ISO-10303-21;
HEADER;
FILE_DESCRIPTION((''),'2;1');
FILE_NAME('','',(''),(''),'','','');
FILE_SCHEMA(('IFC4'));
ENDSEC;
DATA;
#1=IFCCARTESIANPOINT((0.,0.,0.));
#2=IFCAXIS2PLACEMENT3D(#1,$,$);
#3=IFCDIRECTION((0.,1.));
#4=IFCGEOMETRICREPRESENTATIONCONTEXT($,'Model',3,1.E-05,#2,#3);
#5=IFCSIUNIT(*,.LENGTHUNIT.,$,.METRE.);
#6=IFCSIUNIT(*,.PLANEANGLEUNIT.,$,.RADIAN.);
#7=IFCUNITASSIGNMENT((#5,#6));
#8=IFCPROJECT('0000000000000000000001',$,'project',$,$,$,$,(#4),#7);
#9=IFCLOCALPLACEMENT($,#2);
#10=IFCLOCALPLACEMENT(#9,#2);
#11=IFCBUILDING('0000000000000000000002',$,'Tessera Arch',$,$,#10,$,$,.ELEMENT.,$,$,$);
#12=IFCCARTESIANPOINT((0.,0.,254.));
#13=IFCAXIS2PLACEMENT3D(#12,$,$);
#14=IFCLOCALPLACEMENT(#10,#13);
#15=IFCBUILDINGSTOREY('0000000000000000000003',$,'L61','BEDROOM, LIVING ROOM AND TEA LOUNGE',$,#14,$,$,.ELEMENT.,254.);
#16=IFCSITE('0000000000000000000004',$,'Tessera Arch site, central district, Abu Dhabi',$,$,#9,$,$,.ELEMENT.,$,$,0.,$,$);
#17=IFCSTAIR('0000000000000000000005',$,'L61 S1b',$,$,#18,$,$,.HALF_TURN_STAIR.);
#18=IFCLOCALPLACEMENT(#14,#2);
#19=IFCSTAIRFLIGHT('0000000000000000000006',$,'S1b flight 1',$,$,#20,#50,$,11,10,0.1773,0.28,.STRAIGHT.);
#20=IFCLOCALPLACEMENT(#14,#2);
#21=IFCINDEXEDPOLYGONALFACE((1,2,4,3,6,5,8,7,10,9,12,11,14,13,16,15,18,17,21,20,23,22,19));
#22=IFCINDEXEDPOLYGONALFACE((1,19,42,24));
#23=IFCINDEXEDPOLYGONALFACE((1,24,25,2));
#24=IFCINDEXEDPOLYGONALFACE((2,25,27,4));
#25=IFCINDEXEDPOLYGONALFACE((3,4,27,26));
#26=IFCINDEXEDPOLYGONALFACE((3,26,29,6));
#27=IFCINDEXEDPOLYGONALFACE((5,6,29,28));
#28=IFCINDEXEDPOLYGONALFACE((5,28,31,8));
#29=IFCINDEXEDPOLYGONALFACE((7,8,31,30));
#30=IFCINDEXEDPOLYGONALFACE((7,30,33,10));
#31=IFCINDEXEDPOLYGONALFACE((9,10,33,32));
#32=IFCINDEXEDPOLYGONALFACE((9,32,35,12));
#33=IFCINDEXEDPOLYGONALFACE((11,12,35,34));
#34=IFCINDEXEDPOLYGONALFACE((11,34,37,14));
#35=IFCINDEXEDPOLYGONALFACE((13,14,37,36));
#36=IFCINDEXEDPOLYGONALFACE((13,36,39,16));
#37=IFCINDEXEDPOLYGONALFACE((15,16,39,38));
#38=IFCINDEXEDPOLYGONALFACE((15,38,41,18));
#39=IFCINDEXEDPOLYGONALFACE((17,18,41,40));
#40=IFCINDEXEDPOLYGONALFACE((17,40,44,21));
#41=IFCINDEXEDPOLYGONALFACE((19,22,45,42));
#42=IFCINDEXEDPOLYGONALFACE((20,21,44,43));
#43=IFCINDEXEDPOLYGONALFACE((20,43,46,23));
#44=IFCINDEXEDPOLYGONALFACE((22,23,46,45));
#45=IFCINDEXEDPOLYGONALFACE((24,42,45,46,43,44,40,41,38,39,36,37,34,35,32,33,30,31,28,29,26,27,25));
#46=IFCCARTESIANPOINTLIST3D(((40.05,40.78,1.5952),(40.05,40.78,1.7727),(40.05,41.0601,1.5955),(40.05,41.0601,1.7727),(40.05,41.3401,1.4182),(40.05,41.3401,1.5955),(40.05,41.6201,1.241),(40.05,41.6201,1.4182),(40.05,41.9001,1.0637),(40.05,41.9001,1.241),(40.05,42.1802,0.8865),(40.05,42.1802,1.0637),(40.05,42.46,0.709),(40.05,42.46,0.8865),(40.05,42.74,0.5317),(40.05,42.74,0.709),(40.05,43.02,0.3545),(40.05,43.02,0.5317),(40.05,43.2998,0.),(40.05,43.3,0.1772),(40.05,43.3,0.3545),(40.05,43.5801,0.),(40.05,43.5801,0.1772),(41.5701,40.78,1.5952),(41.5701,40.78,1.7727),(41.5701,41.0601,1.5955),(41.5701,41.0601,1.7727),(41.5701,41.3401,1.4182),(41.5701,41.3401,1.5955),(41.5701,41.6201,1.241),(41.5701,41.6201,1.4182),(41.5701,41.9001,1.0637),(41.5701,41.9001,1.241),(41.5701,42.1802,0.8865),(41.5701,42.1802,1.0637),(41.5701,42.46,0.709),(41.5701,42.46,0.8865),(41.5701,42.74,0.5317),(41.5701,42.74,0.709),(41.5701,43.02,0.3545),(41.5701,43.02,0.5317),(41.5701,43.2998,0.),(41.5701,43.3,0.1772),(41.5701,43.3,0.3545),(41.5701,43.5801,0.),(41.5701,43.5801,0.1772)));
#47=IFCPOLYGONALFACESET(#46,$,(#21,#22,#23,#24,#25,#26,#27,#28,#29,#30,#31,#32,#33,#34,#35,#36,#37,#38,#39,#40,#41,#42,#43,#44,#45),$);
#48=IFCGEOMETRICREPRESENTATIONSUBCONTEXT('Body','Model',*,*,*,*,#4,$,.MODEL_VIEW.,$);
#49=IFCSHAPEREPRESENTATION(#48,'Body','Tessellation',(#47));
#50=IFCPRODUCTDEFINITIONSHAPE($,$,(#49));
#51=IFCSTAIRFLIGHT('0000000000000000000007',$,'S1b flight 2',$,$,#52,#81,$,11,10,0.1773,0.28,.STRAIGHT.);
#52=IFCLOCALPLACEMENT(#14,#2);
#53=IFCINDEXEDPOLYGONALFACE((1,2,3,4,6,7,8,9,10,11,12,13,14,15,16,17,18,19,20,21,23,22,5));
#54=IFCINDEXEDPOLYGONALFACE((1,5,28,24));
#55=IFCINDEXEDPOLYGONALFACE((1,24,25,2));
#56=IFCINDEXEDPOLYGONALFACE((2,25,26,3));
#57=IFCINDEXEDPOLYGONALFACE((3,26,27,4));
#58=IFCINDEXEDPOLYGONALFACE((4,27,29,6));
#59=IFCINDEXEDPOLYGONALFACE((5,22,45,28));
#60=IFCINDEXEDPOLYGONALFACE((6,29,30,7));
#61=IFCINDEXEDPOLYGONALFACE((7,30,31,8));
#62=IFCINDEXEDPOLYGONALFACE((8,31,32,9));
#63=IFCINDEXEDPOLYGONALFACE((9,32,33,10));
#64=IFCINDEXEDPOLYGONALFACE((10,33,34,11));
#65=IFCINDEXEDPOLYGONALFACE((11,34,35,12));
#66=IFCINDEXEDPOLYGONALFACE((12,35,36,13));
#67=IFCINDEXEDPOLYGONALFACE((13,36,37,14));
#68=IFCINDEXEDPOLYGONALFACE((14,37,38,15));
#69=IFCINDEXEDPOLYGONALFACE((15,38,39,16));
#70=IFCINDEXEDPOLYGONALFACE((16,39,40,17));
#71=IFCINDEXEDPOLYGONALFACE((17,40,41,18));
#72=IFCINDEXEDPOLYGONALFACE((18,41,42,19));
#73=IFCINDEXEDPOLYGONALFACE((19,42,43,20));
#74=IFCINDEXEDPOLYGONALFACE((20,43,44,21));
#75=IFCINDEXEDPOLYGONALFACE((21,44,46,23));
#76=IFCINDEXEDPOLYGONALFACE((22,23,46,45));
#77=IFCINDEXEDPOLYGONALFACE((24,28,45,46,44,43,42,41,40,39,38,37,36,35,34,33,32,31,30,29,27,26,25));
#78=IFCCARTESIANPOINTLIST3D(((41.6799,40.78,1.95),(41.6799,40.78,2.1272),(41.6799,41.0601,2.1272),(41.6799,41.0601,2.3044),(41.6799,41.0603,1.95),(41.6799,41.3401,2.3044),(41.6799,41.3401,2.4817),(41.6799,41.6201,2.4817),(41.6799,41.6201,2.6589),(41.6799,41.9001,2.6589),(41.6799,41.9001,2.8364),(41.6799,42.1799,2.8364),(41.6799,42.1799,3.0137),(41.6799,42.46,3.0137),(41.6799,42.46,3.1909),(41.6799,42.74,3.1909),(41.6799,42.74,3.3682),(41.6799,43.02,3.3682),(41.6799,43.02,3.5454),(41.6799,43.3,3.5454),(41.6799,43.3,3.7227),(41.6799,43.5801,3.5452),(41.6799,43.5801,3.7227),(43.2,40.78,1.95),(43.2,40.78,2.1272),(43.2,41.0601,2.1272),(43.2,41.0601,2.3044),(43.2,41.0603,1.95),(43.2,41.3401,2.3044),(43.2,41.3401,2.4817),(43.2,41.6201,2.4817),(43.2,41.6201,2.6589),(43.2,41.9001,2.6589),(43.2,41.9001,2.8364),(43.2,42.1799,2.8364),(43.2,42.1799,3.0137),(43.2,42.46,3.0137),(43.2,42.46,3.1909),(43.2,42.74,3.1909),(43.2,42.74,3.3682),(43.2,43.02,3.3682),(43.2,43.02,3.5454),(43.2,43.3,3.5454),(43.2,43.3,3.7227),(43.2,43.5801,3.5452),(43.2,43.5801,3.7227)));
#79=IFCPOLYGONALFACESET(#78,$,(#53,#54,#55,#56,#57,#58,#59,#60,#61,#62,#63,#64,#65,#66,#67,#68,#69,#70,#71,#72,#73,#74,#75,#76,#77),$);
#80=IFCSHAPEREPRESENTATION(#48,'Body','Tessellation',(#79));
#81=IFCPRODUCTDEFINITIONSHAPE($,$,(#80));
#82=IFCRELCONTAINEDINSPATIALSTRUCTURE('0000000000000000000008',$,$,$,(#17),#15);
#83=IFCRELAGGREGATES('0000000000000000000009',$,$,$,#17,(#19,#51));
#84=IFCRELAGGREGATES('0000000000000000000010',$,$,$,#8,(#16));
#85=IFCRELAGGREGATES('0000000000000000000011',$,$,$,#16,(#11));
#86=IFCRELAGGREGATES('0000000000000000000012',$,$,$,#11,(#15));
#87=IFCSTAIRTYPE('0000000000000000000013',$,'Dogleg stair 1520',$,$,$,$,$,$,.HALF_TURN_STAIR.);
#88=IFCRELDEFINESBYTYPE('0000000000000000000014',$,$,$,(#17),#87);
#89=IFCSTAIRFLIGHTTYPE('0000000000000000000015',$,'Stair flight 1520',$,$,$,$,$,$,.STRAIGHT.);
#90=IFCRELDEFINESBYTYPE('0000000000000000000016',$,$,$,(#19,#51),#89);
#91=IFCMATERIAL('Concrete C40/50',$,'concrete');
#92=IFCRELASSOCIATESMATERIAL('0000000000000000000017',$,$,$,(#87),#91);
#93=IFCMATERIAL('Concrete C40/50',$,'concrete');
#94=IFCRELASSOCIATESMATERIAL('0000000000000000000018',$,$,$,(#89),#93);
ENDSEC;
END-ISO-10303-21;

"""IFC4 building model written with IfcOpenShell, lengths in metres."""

from ifc_helpers import new_model, si_unit, direction, frame, origin, place, context, subcontext, project, spatial, polyline, outline, extrude, material, type_object, element, aggregate, save


model = new_model("IFC4")

# Units and contexts
model_context = context("Model", 3, precision=1e-05, world=origin(), true_north=direction((0.0, 1.0)))
body_context = subcontext(model_context, "Body", "Model", "MODEL_VIEW")
ifc_project = project(units=[si_unit("LENGTHUNIT", "METRE"), si_unit("PLANEANGLEUNIT", "RADIAN")], contexts=[model_context])

# Site, building, storey
site_placement = place(None, origin())
site = spatial("IfcSite", under=ifc_project, at=site_placement, Name="Tessera Arch site, central district, Abu Dhabi", CompositionType="ELEMENT", RefElevation=0.0)
building_placement = place(site_placement, origin())
building = spatial("IfcBuilding", under=site, at=building_placement, Name="Tessera Arch", CompositionType="ELEMENT")
storey_placement = place(building_placement, frame((0.0, 0.0, 254.0)))
storey = spatial("IfcBuildingStorey", under=building, at=storey_placement, Name="L61", Description="BEDROOM, LIVING ROOM AND TEA LOUNGE", CompositionType="ELEMENT", Elevation=254.0)

# Stair, stair flights
ifc_material_1 = material(Name="Concrete C40/50", Category="concrete")
stair_type = type_object("IfcStairType", Name="Dogleg stair 1520", PredefinedType="HALF_TURN_STAIR", material=ifc_material_1)
ifc_material_2 = material(Name="Concrete C40/50", Category="concrete")
stair_flight_type = type_object("IfcStairFlightType", Name="Stair flight 1520", PredefinedType="STRAIGHT", material=ifc_material_2)
stair_1_placement = place(storey_placement, origin())
stair_1 = element("IfcStair", 1, at=stair_1_placement, inside=storey, type_object=stair_type, Name="L61 S1b", PredefinedType="HALF_TURN_STAIR")
stair_flight_1_placement = place(storey_placement, frame((40.8101, 43.5801, 0.0), z_axis=(0.0, 0.0, 1.0), x_axis=(0.0, -1.0, 0.0)))
stair_flight_1 = element("IfcStairFlight", 2, at=stair_flight_1_placement, type_object=stair_flight_type, Name="S1b flight 1", NumberOfRisers=11, NumberOfTreads=10, PredefinedType="STRAIGHT", RiserHeight=0.1773, TreadLength=0.28, context=body_context, shape_type="SweptSolid", body=[
    extrude(outline(polyline([(0.0, 0.0), (0.0, 0.1772), (0.28, 0.1772), (0.28, 0.3545), (0.5601, 0.3545), (0.5601, 0.5317), (0.8401, 0.5317), (0.8401, 0.709), (1.1201, 0.709), (1.1201, 0.8865), (1.3999, 0.8865), (1.3999, 1.0637), (1.6799, 1.0637), (1.6799, 1.241), (1.96, 1.241), (1.96, 1.4182), (2.24, 1.4182), (2.24, 1.5955), (2.52, 1.5955), (2.52, 1.7727), (2.8, 1.7727), (2.8, 1.95), (2.8, 1.5952), (0.2803, 0.0), (0.0, 0.0)])), frame((0.0, 0.76, 0.0), z_axis=(0.0, -1.0, 0.0), x_axis=(1.0, 0.0, 0.0)), (0.0, 0.0, 1.0), 1.52),
])
stair_flight_2_placement = place(storey_placement, frame((42.4399, 40.78, 1.95), z_axis=(0.0, 0.0, 1.0), x_axis=(0.0, 1.0, 0.0)))
stair_flight_2 = element("IfcStairFlight", 3, at=stair_flight_2_placement, type_object=stair_flight_type, Name="S1b flight 2", NumberOfRisers=11, NumberOfTreads=10, PredefinedType="STRAIGHT", RiserHeight=0.1773, TreadLength=0.28, context=body_context, shape_type="SweptSolid", body=[
    extrude(outline(polyline([(0.0, 0.0), (0.0, 0.1772), (0.28, 0.1772), (0.28, 0.3545), (0.5601, 0.3545), (0.5601, 0.5317), (0.8401, 0.5317), (0.8401, 0.709), (1.1201, 0.709), (1.1201, 0.8865), (1.3999, 0.8865), (1.3999, 1.0637), (1.6799, 1.0637), (1.6799, 1.241), (1.96, 1.241), (1.96, 1.4182), (2.24, 1.4182), (2.24, 1.5955), (2.52, 1.5955), (2.52, 1.7727), (2.8, 1.7727), (2.8, 1.95), (2.8, 1.5952), (0.2803, 0.0), (0.0, 0.0)])), frame((0.0, 0.76, 0.0), z_axis=(0.0, -1.0, 0.0), x_axis=(1.0, 0.0, 0.0)), (0.0, 0.0, 1.0), 1.52),
])
aggregate(stair_1, [stair_flight_1, stair_flight_2])

save(model, "model.ifc")
